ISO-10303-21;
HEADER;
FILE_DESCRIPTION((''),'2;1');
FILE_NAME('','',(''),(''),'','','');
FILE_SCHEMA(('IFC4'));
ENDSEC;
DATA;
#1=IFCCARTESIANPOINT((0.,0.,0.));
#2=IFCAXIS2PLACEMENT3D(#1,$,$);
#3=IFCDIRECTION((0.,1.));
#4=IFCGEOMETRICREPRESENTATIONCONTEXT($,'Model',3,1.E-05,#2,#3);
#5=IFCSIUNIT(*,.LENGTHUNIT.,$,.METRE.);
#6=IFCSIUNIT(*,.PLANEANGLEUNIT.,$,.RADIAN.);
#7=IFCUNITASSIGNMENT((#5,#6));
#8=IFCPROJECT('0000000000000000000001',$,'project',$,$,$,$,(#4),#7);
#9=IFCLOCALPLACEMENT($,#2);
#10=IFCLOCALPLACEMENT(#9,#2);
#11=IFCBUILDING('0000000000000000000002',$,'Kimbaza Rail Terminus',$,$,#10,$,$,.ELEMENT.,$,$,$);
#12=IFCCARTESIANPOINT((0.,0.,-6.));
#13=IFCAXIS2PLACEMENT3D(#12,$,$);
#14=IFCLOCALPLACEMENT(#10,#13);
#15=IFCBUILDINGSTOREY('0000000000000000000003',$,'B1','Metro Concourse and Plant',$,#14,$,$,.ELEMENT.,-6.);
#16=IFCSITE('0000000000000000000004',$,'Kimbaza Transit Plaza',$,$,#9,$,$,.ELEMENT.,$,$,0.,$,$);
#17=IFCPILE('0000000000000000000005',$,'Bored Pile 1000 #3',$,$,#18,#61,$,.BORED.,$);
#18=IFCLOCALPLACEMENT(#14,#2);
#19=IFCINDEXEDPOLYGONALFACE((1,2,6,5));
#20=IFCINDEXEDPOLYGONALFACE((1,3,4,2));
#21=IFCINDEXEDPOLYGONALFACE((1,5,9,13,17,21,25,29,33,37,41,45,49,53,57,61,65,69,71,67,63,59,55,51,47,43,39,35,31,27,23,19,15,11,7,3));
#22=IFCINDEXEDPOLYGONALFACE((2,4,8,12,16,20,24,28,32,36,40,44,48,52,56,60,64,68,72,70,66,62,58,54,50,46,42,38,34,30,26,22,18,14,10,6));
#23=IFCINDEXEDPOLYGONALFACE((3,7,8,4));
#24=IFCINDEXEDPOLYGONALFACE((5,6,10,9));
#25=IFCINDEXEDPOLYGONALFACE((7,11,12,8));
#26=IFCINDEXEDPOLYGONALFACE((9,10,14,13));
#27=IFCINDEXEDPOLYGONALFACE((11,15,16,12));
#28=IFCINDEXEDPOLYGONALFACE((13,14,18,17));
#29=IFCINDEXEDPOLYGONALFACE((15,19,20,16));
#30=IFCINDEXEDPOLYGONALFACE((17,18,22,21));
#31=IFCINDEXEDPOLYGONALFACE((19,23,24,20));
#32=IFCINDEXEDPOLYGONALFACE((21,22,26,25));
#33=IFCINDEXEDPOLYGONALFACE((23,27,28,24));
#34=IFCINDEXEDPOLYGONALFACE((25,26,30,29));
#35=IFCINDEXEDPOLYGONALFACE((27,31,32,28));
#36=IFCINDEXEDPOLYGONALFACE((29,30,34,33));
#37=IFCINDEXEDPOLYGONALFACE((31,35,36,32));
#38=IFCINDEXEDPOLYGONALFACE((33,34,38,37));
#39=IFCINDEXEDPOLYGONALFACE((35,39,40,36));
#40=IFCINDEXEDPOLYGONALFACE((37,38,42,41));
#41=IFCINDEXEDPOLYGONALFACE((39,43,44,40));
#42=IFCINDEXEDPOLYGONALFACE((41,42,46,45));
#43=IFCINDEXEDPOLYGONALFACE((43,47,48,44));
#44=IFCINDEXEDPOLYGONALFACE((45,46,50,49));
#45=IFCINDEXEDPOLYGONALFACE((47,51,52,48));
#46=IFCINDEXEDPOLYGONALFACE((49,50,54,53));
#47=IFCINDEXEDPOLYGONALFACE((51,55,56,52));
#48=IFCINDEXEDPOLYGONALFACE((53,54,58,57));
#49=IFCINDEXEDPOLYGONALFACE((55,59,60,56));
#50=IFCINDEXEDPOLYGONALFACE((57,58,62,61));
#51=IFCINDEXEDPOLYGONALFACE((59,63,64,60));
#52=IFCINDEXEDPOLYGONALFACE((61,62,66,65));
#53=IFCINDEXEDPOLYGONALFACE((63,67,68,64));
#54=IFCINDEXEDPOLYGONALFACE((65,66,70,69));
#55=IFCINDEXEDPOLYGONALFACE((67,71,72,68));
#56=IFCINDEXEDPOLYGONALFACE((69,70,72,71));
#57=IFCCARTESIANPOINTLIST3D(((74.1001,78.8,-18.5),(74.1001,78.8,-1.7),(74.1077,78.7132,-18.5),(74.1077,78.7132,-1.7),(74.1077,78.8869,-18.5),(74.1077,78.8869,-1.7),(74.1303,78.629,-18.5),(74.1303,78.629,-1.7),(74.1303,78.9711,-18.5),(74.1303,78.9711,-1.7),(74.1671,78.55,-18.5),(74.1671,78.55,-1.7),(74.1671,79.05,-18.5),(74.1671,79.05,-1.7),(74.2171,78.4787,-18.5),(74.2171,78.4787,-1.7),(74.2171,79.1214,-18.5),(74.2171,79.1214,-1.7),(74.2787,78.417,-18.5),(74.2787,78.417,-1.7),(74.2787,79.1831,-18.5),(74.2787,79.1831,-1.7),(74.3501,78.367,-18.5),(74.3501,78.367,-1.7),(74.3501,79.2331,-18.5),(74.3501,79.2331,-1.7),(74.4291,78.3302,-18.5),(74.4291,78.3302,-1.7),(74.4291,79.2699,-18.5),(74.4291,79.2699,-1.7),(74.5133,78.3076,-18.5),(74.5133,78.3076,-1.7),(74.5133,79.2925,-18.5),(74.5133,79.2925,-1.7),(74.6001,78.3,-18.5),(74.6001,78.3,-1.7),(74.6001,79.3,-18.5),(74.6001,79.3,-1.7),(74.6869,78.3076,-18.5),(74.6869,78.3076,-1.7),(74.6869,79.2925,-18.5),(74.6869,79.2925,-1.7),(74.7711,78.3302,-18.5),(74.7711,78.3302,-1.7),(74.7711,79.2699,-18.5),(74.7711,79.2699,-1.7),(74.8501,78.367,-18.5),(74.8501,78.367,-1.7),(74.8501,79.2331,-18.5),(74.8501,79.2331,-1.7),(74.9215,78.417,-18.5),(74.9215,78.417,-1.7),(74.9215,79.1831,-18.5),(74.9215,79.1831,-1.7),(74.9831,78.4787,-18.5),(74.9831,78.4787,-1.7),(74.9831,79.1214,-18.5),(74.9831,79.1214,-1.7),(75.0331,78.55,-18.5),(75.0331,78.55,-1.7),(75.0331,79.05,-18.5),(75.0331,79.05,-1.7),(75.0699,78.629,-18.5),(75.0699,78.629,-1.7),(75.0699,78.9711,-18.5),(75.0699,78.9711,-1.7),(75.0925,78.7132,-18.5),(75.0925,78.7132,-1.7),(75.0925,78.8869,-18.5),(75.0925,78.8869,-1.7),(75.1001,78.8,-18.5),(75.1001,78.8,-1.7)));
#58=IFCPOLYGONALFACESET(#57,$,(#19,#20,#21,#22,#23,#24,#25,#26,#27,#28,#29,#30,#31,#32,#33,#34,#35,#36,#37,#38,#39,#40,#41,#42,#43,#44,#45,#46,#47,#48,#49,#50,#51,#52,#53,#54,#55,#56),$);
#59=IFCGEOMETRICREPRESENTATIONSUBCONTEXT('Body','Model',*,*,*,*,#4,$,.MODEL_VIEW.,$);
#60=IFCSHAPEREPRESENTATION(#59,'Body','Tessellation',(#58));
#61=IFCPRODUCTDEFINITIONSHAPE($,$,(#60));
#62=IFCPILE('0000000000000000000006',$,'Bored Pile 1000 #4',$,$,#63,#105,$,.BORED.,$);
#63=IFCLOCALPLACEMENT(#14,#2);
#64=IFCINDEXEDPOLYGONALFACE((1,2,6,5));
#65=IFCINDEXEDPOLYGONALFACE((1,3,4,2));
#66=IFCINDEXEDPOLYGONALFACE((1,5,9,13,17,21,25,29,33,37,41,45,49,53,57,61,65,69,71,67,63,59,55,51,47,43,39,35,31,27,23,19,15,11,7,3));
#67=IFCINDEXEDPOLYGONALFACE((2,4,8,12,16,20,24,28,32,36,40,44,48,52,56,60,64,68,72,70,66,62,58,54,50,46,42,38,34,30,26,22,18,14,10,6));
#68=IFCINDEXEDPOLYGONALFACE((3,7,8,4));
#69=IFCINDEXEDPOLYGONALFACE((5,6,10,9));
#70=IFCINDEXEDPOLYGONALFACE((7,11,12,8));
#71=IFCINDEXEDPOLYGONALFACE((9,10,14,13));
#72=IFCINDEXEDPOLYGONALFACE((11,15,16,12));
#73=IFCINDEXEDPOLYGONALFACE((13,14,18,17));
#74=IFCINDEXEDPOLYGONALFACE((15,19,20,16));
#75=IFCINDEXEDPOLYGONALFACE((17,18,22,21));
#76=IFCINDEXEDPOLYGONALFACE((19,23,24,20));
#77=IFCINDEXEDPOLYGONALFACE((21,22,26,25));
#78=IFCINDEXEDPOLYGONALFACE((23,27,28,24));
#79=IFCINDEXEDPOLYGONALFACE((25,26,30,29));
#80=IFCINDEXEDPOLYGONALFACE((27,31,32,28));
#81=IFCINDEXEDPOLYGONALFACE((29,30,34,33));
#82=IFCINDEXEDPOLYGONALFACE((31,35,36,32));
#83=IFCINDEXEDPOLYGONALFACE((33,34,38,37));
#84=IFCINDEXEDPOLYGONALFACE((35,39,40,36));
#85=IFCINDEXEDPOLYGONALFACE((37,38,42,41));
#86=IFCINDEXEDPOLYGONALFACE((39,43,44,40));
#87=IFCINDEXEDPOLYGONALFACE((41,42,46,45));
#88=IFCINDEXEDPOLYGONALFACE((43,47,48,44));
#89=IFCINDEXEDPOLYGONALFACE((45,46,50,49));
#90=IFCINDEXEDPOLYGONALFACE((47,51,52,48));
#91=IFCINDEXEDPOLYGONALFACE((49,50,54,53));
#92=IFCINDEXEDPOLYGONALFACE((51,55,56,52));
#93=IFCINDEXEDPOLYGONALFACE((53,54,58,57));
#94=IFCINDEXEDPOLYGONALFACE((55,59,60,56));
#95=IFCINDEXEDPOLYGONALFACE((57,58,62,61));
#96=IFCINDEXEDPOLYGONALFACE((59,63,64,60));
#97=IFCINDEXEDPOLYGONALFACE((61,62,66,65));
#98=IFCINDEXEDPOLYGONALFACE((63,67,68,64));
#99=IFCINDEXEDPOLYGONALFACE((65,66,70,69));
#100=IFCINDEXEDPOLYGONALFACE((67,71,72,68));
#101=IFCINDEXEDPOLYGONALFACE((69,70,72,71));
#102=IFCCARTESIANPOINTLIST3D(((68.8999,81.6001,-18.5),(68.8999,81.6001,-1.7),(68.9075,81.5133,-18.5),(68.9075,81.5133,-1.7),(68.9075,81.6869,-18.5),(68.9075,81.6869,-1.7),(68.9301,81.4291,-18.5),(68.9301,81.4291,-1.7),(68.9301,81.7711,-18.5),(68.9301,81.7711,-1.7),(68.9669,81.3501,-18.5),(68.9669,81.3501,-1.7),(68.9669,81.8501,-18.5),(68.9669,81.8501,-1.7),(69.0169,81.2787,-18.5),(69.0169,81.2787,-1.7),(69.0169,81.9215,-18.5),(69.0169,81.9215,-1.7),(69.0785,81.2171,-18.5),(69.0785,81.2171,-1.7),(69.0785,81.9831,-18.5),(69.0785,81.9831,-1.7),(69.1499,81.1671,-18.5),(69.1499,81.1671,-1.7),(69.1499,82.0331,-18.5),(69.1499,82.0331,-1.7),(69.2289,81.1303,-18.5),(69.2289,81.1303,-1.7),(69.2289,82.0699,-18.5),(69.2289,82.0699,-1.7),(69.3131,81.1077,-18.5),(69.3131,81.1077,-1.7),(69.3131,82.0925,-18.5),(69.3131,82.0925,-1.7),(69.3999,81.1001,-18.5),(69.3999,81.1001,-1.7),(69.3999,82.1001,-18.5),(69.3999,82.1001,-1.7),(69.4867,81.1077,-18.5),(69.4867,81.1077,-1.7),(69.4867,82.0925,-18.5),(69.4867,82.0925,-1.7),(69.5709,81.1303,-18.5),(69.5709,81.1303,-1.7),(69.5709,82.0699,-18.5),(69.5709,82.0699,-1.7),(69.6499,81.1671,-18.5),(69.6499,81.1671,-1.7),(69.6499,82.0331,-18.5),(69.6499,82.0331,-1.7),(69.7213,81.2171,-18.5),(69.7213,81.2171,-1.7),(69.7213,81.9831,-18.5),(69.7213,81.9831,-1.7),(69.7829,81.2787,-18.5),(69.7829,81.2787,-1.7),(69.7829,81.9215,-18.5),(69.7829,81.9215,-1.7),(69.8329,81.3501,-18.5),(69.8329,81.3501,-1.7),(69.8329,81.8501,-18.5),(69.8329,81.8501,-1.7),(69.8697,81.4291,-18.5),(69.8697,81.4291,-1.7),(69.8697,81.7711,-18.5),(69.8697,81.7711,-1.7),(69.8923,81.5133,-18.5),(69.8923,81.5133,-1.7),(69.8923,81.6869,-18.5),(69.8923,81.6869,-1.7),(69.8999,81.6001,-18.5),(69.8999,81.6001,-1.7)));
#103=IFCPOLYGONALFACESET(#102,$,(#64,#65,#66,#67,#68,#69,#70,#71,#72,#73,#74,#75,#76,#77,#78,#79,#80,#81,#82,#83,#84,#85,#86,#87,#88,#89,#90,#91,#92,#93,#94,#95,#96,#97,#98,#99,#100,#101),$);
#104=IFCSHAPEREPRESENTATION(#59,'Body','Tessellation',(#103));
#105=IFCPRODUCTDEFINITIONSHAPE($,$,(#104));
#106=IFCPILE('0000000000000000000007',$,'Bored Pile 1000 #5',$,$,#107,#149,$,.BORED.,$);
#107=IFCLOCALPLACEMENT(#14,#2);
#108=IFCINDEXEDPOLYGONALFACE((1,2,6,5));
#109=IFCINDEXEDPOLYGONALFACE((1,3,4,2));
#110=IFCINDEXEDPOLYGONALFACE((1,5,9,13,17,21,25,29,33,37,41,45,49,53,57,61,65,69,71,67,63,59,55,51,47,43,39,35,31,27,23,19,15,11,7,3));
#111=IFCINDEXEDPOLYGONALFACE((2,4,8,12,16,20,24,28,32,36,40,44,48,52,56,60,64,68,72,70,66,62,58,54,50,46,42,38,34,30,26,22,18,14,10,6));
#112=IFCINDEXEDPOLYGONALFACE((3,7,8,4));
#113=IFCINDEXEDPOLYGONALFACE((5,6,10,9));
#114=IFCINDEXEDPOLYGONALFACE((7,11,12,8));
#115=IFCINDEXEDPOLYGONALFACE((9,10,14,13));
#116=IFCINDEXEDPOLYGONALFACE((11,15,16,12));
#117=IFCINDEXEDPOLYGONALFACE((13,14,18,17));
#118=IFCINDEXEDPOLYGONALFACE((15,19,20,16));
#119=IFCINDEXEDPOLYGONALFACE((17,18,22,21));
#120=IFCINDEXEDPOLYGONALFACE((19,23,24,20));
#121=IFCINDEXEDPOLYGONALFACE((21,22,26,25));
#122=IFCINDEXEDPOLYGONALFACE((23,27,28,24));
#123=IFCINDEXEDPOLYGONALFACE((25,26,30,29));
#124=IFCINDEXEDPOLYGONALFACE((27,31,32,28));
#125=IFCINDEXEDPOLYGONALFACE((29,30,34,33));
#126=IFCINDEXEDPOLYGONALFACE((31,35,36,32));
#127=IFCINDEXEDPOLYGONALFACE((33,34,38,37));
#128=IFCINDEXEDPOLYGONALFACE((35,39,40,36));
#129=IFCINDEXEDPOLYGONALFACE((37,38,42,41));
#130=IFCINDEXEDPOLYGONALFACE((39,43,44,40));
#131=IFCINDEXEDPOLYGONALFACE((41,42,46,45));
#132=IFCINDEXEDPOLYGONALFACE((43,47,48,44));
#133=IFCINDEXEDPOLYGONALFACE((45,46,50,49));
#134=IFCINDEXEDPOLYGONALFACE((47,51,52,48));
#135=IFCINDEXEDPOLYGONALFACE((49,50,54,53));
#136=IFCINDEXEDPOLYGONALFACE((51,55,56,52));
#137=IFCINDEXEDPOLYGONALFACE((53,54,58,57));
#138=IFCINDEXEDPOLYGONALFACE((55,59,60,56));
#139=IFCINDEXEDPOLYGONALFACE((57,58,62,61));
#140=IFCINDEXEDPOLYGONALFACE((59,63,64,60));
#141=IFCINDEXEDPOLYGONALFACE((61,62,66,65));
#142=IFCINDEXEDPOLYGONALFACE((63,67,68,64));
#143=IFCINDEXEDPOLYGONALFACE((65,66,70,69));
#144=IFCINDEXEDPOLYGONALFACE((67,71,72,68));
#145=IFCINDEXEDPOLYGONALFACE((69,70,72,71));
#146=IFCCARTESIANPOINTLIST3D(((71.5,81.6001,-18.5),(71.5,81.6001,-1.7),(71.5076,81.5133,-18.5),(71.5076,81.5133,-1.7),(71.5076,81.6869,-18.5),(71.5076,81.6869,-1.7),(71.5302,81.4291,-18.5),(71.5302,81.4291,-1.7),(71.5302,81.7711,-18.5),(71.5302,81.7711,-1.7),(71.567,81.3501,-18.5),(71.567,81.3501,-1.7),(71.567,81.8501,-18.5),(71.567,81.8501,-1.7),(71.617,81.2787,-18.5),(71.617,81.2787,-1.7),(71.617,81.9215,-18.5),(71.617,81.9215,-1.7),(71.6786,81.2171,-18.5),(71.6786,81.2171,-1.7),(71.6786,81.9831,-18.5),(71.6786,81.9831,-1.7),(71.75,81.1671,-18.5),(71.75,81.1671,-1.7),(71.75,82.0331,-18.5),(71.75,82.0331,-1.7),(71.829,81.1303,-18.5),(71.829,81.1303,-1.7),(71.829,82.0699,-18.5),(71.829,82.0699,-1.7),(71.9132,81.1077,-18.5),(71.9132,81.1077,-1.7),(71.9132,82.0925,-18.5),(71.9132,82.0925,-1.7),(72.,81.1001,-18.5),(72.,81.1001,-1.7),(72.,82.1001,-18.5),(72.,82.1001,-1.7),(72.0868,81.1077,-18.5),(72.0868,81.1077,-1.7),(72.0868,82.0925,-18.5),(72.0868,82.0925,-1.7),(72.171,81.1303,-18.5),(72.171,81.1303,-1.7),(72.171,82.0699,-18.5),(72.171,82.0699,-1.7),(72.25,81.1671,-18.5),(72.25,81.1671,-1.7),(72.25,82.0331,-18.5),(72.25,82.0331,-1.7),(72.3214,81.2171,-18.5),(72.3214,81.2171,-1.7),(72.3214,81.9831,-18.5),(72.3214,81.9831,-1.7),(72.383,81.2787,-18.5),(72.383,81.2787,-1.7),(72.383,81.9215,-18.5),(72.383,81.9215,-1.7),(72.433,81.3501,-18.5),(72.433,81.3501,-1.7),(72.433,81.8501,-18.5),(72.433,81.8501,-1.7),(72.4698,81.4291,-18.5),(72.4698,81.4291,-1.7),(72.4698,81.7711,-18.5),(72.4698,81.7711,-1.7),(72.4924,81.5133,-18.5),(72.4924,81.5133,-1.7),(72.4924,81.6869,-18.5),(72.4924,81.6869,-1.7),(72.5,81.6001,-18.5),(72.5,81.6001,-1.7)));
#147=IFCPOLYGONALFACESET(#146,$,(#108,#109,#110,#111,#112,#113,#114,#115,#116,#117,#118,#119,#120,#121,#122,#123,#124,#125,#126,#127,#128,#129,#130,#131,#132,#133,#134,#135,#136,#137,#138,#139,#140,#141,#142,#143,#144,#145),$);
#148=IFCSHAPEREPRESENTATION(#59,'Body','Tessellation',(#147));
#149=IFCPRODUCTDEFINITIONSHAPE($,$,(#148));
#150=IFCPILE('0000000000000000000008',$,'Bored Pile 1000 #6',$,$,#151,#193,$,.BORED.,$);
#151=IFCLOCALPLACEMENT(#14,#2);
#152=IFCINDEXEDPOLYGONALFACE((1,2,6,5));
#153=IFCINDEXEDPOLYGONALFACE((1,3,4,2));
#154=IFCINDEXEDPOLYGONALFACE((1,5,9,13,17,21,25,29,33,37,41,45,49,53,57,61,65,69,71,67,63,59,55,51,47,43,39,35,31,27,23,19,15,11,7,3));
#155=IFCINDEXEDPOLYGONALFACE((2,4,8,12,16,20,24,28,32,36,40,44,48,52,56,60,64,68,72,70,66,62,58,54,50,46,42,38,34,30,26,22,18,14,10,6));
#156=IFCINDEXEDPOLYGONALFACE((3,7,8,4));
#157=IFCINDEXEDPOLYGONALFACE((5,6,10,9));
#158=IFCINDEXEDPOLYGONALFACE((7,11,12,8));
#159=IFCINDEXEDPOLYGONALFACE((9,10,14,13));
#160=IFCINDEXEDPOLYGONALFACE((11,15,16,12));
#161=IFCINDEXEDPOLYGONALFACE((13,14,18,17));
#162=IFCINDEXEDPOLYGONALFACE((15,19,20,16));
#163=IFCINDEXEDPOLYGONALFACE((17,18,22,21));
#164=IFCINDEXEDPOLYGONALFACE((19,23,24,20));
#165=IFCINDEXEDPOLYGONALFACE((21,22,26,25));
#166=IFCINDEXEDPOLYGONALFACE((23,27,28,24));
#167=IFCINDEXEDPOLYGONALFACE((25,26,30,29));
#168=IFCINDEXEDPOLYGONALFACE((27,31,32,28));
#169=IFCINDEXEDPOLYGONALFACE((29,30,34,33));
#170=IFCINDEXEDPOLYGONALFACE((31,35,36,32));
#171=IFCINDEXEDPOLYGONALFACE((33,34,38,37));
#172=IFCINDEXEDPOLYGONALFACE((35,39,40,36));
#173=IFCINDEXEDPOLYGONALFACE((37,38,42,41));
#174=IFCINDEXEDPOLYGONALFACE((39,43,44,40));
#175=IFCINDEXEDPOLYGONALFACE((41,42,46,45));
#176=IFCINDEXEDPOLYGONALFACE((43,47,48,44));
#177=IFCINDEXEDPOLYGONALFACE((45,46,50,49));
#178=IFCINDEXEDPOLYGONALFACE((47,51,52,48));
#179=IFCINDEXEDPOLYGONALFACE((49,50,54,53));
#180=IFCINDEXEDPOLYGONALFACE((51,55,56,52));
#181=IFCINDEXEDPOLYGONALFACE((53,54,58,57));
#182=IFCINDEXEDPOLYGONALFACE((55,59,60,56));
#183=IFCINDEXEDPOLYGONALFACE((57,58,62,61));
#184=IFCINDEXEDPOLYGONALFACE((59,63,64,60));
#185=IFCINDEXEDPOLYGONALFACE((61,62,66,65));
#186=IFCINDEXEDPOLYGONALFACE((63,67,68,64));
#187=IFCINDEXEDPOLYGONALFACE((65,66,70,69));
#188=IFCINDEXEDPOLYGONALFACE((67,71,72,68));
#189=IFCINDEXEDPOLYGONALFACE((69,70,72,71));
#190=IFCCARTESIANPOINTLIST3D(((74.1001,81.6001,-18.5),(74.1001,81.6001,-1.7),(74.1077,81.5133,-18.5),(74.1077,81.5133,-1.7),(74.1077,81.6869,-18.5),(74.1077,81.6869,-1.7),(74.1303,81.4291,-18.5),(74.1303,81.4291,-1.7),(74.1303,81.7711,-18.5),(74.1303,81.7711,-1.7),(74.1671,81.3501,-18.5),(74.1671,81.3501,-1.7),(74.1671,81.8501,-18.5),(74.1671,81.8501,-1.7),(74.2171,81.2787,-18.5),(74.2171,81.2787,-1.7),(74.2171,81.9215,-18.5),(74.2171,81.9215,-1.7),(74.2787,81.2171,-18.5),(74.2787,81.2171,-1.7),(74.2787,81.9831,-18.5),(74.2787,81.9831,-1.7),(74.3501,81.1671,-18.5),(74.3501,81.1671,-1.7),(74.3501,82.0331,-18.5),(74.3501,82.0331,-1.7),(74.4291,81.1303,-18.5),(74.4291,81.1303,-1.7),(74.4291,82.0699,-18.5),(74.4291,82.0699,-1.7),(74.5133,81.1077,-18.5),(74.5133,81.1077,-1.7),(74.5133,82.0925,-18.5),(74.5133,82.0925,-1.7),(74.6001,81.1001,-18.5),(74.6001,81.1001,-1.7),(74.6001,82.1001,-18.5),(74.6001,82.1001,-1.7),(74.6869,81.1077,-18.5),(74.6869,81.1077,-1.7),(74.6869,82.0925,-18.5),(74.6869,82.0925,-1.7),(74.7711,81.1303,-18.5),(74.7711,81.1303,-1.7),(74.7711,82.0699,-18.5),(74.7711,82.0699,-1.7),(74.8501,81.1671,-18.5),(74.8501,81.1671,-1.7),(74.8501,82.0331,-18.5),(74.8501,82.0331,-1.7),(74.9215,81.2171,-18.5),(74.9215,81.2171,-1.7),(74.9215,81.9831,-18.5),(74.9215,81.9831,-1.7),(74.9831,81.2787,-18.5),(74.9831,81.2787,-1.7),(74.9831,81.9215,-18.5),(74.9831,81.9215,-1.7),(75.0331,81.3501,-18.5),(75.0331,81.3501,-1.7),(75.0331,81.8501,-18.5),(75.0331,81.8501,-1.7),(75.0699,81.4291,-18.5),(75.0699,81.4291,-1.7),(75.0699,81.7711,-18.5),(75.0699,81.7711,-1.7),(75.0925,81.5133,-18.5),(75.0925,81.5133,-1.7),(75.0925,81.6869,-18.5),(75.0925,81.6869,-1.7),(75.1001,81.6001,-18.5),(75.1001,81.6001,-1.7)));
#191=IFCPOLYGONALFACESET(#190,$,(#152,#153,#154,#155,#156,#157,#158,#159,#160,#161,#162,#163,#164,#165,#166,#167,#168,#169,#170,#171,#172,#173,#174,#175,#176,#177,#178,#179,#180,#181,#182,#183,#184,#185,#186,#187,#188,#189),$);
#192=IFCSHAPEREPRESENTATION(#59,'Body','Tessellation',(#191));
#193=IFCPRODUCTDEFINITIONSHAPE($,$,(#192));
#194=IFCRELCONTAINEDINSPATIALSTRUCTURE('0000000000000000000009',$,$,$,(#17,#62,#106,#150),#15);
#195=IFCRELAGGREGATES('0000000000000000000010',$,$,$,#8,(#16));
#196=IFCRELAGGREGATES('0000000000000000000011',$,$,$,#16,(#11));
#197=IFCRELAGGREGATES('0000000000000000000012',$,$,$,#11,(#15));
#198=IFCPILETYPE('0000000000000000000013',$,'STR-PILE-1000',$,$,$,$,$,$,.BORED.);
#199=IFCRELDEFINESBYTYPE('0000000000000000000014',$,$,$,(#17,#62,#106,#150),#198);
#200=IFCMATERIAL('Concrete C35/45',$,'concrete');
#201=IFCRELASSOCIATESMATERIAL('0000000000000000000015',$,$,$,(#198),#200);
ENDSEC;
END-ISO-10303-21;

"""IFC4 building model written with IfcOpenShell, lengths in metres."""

from ifc_helpers import new_model, si_unit, direction, frame, origin, origin_2d, place, context, subcontext, project, spatial, circle, extrude, material, material_profile, profile_set, type_object, element, save


model = new_model("IFC4")

# Units and contexts
model_context = context("Model", 3, precision=1e-05, world=origin(), true_north=direction((0.0, 1.0)))
body_context = subcontext(model_context, "Body", "Model", "MODEL_VIEW")
ifc_project = project(units=[si_unit("LENGTHUNIT", "METRE"), si_unit("PLANEANGLEUNIT", "RADIAN")], contexts=[model_context])

# Site, building, storey
site_placement = place(None, origin())
site = spatial("IfcSite", under=ifc_project, at=site_placement, Name="Kimbaza Transit Plaza", CompositionType="ELEMENT", RefElevation=0.0)
building_placement = place(site_placement, origin())
building = spatial("IfcBuilding", under=site, at=building_placement, Name="Kimbaza Rail Terminus", CompositionType="ELEMENT")
storey_placement = place(building_placement, frame((0.0, 0.0, -6.0)))
storey = spatial("IfcBuildingStorey", under=building, at=storey_placement, Name="B1", Description="Metro Concourse and Plant", CompositionType="ELEMENT", Elevation=-6.0)

# Piles
ifc_material_1 = material(Name="Concrete C35/45", Category="concrete")
ifc_material_profile_1 = material_profile(ifc_material_1, circle(Radius=0.5, at=origin_2d()), Name="BORED PILE 1000")
ifc_profile_set_1 = profile_set([ifc_material_profile_1], Name="Concrete C35/45")
pile_type_1 = type_object("IfcPileType", Name="STR-PILE-1000", PredefinedType="BORED", material=ifc_profile_set_1)
for number, where, z_axis, x_axis, name in (
    (1, (74.6001, 78.8, -1.7), (0.0, 0.0, -1.0), (1.0, 0.0, 0.0), "Bored Pile 1000 #3"),
    (2, (69.3999, 81.6001, -1.7), (0.0, 0.0, -1.0), (1.0, 0.0, 0.0), "Bored Pile 1000 #4"),
    (3, (72.0, 81.6001, -1.7), (0.0, 0.0, -1.0), (1.0, 0.0, 0.0), "Bored Pile 1000 #5"),
    (4, (74.6001, 81.6001, -1.7), (0.0, 0.0, -1.0), (1.0, 0.0, 0.0), "Bored Pile 1000 #6"),
):
    element("IfcPile", number, at=place(storey_placement, frame(where, z_axis=z_axis, x_axis=x_axis)), inside=storey, type_object=pile_type_1, Name=name, PredefinedType="BORED", context=body_context, shape_type="SweptSolid", body=[
        extrude(circle(Radius=0.5, at=origin_2d()), origin(), (0.0, 0.0, 1.0), 16.8),
    ])

save(model, "model.ifc")
